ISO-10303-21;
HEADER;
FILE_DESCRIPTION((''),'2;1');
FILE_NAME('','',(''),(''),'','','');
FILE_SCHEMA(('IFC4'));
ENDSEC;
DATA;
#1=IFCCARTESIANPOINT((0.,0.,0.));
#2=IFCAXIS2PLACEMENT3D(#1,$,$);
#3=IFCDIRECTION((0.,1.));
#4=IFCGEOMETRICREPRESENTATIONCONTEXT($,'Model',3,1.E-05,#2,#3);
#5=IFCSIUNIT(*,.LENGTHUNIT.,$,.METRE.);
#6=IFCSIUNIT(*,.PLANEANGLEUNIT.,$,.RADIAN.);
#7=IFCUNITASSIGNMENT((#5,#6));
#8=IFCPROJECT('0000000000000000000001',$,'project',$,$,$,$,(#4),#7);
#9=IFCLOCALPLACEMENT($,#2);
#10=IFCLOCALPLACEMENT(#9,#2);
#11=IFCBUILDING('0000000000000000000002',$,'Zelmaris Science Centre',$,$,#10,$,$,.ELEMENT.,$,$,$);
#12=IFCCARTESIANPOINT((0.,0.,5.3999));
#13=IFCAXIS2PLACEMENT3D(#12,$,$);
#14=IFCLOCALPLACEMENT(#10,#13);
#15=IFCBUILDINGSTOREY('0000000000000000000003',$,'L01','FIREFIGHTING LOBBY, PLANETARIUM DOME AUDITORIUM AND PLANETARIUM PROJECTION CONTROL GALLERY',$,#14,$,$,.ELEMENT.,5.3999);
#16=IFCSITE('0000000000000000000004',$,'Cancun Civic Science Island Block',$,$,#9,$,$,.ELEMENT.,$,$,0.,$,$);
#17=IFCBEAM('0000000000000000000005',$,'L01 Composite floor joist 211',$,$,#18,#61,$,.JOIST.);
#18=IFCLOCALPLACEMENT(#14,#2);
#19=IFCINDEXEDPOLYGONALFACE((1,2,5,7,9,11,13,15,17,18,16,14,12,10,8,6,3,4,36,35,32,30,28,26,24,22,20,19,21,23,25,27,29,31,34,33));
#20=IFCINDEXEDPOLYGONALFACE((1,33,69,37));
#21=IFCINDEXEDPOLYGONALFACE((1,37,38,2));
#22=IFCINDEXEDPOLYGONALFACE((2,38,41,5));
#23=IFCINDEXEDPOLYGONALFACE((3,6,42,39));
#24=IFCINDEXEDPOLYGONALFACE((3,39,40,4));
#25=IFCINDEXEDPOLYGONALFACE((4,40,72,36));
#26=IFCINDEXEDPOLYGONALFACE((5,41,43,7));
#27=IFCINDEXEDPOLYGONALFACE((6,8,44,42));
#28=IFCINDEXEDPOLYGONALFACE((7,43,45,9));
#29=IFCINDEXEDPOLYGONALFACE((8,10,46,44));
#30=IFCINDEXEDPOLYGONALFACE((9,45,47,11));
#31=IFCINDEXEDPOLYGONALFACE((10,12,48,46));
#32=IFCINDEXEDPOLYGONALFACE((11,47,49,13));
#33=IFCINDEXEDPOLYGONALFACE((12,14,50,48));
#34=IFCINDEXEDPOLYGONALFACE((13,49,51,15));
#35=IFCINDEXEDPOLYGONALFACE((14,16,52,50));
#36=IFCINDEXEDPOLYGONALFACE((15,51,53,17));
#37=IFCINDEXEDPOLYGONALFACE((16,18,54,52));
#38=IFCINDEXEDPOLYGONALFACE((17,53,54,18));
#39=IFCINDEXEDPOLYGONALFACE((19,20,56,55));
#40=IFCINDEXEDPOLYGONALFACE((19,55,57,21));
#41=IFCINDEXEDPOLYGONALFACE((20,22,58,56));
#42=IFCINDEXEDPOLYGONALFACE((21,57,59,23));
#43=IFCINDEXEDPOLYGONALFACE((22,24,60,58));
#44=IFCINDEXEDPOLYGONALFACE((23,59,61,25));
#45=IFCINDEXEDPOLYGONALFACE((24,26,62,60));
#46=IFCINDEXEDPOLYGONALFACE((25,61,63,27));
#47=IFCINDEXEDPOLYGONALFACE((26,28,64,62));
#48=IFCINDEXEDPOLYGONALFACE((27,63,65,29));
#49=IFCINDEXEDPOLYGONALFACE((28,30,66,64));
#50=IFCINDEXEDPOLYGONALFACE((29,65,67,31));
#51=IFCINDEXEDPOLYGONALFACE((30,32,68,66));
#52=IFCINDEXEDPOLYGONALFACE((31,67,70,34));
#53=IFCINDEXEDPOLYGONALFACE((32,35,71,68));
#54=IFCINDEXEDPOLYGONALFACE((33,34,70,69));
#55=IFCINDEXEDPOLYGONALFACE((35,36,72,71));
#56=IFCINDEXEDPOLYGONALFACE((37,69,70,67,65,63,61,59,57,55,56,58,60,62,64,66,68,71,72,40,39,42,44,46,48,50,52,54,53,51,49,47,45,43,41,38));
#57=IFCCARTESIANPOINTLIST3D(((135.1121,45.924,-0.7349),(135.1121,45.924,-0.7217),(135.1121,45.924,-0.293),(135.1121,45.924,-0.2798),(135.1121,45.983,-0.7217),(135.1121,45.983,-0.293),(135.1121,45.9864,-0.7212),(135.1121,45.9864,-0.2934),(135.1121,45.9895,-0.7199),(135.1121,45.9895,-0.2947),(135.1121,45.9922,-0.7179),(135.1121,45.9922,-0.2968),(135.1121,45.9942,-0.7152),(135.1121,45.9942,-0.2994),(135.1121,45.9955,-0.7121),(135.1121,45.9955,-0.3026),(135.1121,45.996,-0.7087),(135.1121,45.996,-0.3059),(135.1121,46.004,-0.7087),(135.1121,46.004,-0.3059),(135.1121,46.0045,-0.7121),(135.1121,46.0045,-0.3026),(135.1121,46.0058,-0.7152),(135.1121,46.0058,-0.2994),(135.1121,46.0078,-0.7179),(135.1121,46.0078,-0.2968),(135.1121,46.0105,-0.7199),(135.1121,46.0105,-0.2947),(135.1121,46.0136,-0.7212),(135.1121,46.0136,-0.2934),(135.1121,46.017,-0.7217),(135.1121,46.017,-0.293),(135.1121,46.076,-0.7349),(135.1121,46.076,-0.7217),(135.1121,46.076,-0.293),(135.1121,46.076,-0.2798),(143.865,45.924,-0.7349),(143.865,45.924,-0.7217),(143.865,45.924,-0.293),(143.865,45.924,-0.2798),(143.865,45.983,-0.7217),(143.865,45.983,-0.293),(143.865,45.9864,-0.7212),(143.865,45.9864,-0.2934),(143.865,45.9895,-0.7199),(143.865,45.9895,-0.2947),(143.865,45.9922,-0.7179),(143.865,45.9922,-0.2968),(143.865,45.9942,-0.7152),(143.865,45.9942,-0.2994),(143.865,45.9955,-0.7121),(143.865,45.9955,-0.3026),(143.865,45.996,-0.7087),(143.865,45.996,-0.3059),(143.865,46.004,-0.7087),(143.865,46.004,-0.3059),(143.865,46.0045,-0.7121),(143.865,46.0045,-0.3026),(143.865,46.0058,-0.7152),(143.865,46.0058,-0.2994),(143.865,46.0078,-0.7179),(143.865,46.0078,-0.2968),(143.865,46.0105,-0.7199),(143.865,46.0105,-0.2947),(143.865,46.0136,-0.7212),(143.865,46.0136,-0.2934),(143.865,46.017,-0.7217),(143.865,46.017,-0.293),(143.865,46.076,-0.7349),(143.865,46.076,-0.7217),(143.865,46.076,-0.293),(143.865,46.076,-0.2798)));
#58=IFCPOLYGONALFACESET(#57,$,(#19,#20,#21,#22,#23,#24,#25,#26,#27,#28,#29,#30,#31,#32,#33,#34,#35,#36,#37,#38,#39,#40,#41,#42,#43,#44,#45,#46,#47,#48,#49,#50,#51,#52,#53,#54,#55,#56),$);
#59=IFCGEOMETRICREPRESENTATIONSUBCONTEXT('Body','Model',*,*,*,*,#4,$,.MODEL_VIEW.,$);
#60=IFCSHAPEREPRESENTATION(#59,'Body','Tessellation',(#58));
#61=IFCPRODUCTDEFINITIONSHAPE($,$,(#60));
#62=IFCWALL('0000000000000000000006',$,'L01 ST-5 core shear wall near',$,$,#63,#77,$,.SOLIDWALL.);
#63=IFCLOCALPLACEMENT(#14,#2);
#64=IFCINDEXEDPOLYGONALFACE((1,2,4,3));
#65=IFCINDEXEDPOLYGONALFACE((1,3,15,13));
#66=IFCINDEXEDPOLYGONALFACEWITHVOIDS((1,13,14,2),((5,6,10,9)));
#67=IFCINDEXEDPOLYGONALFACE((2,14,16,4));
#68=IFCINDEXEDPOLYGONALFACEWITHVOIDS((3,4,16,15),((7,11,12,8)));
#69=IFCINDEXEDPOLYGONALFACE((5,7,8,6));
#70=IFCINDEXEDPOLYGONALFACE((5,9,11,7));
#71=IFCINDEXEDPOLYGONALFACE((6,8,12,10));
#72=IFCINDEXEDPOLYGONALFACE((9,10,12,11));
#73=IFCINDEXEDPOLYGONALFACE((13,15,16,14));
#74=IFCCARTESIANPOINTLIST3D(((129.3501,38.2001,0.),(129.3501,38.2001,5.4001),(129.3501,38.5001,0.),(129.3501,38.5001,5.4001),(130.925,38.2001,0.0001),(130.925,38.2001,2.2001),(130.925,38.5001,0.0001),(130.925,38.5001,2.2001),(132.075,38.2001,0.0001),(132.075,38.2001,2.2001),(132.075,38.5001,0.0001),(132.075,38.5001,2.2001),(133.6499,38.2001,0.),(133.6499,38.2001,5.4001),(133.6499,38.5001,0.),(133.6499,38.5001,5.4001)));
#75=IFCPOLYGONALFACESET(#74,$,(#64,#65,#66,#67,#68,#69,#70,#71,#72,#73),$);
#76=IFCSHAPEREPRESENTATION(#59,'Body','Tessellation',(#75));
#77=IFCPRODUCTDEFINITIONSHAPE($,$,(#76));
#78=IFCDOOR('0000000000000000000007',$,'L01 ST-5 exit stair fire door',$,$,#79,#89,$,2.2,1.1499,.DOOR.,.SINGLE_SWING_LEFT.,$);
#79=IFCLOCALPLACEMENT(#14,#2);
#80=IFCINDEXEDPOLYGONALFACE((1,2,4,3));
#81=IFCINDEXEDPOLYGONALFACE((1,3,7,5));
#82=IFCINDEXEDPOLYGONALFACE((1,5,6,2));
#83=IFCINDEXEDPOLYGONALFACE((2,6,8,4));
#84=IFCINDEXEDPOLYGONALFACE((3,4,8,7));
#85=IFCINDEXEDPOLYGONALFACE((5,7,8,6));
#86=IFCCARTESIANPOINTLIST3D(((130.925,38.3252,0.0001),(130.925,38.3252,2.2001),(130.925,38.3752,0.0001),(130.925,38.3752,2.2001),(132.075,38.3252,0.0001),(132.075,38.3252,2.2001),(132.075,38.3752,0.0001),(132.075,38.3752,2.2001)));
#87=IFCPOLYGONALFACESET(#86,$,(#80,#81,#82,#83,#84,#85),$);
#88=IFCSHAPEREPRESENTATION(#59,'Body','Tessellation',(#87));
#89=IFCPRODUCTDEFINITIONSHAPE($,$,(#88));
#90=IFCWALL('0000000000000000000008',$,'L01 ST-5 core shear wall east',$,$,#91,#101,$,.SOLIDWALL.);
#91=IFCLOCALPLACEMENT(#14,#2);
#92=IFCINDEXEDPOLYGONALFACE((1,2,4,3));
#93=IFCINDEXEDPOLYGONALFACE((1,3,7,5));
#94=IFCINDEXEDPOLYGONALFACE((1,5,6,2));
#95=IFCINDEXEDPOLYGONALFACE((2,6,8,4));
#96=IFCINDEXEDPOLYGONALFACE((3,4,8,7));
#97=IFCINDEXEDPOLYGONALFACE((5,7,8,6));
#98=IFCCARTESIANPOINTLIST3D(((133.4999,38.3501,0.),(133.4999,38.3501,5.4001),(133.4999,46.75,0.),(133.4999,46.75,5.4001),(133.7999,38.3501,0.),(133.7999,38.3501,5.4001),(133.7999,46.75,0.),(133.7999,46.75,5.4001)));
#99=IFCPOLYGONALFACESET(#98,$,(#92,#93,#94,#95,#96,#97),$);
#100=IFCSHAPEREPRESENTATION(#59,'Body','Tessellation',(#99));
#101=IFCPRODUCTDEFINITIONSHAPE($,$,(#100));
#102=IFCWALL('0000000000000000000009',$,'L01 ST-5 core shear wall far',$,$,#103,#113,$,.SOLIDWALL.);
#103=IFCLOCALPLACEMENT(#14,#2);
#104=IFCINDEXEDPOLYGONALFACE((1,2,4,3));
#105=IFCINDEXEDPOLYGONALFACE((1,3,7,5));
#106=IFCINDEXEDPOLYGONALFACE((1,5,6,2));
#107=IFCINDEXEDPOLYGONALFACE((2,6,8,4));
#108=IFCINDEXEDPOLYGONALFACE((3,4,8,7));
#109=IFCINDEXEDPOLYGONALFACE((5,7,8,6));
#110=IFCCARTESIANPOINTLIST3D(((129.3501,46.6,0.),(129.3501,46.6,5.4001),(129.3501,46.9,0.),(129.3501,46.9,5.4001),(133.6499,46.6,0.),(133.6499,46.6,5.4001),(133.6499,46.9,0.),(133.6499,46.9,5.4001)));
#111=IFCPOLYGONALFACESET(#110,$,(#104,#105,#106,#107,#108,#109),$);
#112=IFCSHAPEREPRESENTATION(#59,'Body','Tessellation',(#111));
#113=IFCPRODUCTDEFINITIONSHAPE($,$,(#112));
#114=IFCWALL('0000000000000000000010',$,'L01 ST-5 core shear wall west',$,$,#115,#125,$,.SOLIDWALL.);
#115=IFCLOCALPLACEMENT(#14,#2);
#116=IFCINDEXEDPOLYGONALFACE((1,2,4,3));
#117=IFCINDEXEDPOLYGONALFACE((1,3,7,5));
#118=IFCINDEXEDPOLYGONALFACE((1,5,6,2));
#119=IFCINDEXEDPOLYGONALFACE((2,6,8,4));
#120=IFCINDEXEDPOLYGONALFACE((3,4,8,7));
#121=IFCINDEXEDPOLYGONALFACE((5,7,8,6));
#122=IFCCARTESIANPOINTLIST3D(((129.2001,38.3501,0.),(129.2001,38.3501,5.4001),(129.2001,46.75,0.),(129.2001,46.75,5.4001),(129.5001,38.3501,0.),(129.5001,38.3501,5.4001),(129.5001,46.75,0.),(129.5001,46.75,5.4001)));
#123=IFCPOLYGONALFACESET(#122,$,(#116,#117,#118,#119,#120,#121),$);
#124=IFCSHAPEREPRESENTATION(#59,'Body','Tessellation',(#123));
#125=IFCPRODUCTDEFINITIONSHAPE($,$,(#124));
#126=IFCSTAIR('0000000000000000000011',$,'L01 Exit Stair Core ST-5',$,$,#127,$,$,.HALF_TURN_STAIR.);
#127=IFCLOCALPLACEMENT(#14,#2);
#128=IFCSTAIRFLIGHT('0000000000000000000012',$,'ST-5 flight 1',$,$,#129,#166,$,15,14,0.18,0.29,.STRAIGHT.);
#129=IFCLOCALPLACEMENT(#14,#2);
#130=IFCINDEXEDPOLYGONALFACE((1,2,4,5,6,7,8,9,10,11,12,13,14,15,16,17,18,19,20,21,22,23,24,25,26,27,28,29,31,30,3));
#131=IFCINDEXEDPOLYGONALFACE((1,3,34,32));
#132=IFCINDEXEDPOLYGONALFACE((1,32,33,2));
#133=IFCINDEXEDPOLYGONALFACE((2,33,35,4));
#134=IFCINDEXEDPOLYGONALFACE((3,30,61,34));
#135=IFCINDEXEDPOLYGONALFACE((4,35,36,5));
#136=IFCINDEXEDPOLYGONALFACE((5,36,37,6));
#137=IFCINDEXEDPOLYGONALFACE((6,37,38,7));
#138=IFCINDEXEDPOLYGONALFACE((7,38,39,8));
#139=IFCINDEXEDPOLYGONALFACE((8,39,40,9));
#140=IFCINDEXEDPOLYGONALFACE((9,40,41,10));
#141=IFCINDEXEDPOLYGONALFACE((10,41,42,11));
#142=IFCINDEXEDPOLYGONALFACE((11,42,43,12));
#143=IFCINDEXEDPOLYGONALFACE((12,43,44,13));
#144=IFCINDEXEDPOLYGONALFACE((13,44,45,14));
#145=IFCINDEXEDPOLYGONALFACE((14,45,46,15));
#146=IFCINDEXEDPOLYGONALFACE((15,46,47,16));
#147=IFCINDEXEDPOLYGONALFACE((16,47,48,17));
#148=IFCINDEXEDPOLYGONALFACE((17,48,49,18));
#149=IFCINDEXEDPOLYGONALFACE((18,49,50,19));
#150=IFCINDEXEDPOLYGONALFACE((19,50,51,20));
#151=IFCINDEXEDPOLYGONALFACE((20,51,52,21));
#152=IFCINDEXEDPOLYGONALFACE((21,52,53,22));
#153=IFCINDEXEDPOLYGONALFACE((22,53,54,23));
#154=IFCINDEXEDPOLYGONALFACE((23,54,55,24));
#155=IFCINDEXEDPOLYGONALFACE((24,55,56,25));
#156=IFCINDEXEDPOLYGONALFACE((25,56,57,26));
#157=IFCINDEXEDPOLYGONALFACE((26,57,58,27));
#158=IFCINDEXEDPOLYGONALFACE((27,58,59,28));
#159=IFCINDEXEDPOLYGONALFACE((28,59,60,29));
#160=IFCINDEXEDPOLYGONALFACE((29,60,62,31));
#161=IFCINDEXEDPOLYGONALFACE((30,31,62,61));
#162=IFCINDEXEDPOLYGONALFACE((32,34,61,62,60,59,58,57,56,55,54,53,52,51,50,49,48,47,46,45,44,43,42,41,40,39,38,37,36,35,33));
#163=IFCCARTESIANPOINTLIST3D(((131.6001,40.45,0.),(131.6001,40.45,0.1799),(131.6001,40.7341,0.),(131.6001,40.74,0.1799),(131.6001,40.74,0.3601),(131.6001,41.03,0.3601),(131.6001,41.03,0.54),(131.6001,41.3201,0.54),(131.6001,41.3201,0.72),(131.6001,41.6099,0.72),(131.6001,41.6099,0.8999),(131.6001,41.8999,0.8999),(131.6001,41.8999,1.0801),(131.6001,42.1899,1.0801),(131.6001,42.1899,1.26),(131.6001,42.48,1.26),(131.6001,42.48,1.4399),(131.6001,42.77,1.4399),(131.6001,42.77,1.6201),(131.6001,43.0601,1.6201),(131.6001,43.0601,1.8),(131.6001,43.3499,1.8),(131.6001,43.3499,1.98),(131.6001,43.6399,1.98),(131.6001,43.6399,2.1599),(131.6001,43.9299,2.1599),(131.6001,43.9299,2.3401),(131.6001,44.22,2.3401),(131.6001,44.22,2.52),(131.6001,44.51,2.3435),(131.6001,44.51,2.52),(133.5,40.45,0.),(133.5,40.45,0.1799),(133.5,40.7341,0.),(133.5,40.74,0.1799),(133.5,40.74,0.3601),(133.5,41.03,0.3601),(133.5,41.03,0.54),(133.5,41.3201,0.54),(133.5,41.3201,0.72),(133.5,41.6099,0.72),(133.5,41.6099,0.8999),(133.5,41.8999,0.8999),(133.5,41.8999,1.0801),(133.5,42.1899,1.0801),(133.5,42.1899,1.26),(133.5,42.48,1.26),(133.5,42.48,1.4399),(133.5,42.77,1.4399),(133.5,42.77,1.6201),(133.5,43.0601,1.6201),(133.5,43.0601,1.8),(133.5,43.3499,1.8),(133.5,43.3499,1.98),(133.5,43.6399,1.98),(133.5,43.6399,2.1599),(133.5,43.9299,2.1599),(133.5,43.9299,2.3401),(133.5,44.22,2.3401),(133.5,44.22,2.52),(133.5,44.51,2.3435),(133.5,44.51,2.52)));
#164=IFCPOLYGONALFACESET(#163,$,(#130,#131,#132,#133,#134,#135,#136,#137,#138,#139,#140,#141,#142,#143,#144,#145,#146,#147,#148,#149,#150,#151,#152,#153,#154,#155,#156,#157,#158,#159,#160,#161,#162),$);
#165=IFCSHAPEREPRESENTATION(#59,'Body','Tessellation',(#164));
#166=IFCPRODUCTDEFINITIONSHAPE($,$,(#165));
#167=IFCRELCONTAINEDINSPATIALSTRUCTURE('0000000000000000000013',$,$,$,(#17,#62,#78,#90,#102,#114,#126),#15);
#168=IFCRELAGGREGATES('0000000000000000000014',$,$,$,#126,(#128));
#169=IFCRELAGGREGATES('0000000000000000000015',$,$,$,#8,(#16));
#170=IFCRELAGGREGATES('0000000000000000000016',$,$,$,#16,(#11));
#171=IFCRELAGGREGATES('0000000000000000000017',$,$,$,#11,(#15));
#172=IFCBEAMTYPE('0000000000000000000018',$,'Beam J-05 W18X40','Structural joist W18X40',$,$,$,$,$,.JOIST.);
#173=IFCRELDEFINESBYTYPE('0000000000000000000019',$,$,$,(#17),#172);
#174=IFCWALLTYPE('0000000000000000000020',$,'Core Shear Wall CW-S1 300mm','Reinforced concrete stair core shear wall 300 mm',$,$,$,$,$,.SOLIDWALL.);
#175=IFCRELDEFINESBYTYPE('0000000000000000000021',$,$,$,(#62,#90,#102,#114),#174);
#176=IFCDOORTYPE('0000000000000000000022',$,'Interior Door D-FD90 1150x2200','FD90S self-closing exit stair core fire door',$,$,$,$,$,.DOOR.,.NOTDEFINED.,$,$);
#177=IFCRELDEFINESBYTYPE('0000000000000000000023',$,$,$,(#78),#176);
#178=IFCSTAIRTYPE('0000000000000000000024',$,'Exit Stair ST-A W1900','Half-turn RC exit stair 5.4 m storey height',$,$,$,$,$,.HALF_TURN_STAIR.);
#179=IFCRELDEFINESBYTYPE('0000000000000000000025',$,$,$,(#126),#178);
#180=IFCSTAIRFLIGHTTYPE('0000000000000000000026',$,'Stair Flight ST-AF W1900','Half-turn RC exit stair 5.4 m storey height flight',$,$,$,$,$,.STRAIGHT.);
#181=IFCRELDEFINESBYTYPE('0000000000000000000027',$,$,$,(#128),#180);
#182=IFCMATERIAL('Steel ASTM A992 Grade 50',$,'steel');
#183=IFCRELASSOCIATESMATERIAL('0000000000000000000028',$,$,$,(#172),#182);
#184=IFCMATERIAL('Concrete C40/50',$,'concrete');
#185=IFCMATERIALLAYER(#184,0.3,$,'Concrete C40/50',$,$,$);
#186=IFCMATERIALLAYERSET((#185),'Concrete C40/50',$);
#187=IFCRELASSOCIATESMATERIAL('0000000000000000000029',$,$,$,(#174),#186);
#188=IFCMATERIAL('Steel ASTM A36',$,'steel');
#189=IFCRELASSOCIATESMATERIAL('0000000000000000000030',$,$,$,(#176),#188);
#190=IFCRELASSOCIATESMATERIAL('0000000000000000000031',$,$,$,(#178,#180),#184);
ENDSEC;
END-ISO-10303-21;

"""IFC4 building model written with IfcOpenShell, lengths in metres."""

from ifc_helpers import new_model, si_unit, direction, frame, frame_2d, origin, origin_2d, place, context, subcontext, project, spatial, polyline, rectangle, i_section, outline, extrude, material, layer, layer_set, material_profile, profile_set, type_object, element, fill, aggregate, save


model = new_model("IFC4")

# Units and contexts
model_context = context("Model", 3, precision=1e-05, world=origin(), true_north=direction((0.0, 1.0)))
body_context = subcontext(model_context, "Body", "Model", "MODEL_VIEW")
ifc_project = project(units=[si_unit("LENGTHUNIT", "METRE"), si_unit("PLANEANGLEUNIT", "RADIAN")], contexts=[model_context])

# Site, building, storey
site_placement = place(None, origin())
site = spatial("IfcSite", under=ifc_project, at=site_placement, Name="Cancun Civic Science Island Block", CompositionType="ELEMENT", RefElevation=0.0)
building_placement = place(site_placement, origin())
building = spatial("IfcBuilding", under=site, at=building_placement, Name="Zelmaris Science Centre", CompositionType="ELEMENT")
storey_placement = place(building_placement, frame((0.0, 0.0, 5.3999)))
storey = spatial("IfcBuildingStorey", under=building, at=storey_placement, Name="L01", Description="FIREFIGHTING LOBBY, PLANETARIUM DOME AUDITORIUM AND PLANETARIUM PROJECTION CONTROL GALLERY", CompositionType="ELEMENT", Elevation=5.3999)

# Shared definitions
ifc_material_1 = material(Name="Steel ASTM A992 Grade 50", Category="steel")

# Beam
ifc_material_profile_1 = material_profile(ifc_material_1, i_section(OverallWidth=0.1521, OverallDepth=0.4551, WebThickness=0.0081, FlangeThickness=0.0132, FilletRadius=0.0129, at=origin_2d()), Name="W18X40")
ifc_profile_set_1 = profile_set([ifc_material_profile_1], Name="Steel ASTM A992 Grade 50")
beam_type_1 = type_object("IfcBeamType", Name="Beam J-05 W18X40", Description="Structural joist W18X40", PredefinedType="JOIST", material=ifc_profile_set_1)
beam_1_placement = place(storey_placement, frame((135.1121, 46.0, -0.5073), z_axis=(1.0, 0.0, 0.0), x_axis=(0.0, 1.0, 0.0)))
element("IfcBeam", 1, at=beam_1_placement, inside=storey, type_object=beam_type_1, Name="L01 Composite floor joist 211", PredefinedType="JOIST", context=body_context, shape_type="SweptSolid", body=[
    extrude(i_section(OverallWidth=0.1521, OverallDepth=0.4551, WebThickness=0.0081, FlangeThickness=0.0132, FilletRadius=0.0129, at=origin_2d()), origin(), (0.0, 0.0, 1.0), 8.7529),
])

# Wall, opening, door
ifc_material_2 = material(Name="Concrete C40/50", Category="concrete")
ifc_layer = layer(ifc_material_2, 0.3, Name="Concrete C40/50")
ifc_layer_set = layer_set([ifc_layer], Name="Concrete C40/50")
wall_type = type_object("IfcWallType", Name="Core Shear Wall CW-S1 300mm", Description="Reinforced concrete stair core shear wall 300 mm", PredefinedType="SOLIDWALL", material=ifc_layer_set)
wall_1_placement = place(storey_placement, frame((133.6499, 38.3501, 0.0), z_axis=(0.0, 0.0, 1.0), x_axis=(-1.0, 0.0, 0.0)))
wall_1 = element("IfcWall", 2, at=wall_1_placement, inside=storey, type_object=wall_type, Name="L01 ST-5 core shear wall near", PredefinedType="SOLIDWALL", context=body_context, shape_type="SweptSolid", body=[
    extrude(rectangle(XDim=4.2998, YDim=0.3, at=frame_2d((2.1499, 0.0))), origin(), (0.0, 0.0, 1.0), 5.4001),
])
opening_placement = place(wall_1_placement, frame((1.575, 0.0, 0.0)))
opening = element("IfcOpeningElement", 3, at=opening_placement, cuts=wall_1, PredefinedType="OPENING", context=body_context, shape_type="SweptSolid", body=[
    extrude(rectangle(XDim=1.1499, YDim=2.2, at=frame_2d((0.575, 1.1001))), frame((0.0, 0.1599, 0.0), z_axis=(0.0, -1.0, 0.0), x_axis=(1.0, 0.0, 0.0)), (0.0, 0.0, 1.0), 0.3201),
])
ifc_material_3 = material(Name="Steel ASTM A36", Category="steel")
door_type = type_object("IfcDoorType", Name="Interior Door D-FD90 1150x2200", Description="FD90S self-closing exit stair core fire door", OperationType="NOTDEFINED", PredefinedType="DOOR", material=ifc_material_3)
door_placement = place(opening_placement, origin())
door = element("IfcDoor", 4, at=door_placement, inside=storey, type_object=door_type, Name="L01 ST-5 exit stair fire door", OperationType="SINGLE_SWING_LEFT", OverallHeight=2.2, OverallWidth=1.1499, PredefinedType="DOOR", context=body_context, shape_type="SweptSolid", body=[
    extrude(rectangle(XDim=1.1499, YDim=2.2, at=frame_2d((0.575, 1.1001))), frame((0.0, 0.0249, 0.0), z_axis=(0.0, -1.0, 0.0), x_axis=(1.0, 0.0, 0.0)), (0.0, 0.0, 1.0), 0.05),
])
fill(opening, door)

# Walls
wall_2_placement = place(storey_placement, frame((133.6499, 38.3501, 0.0), z_axis=(0.0, 0.0, 1.0), x_axis=(0.0, 1.0, 0.0)))
element("IfcWall", 5, at=wall_2_placement, inside=storey, type_object=wall_type, Name="L01 ST-5 core shear wall east", PredefinedType="SOLIDWALL", context=body_context, shape_type="SweptSolid", body=[
    extrude(rectangle(XDim=8.3999, YDim=0.3, at=frame_2d((4.2, 0.0))), origin(), (0.0, 0.0, 1.0), 5.4001),
])
wall_3_placement = place(storey_placement, frame((133.6499, 46.75, 0.0), z_axis=(0.0, 0.0, 1.0), x_axis=(-1.0, 0.0, 0.0)))
element("IfcWall", 6, at=wall_3_placement, inside=storey, type_object=wall_type, Name="L01 ST-5 core shear wall far", PredefinedType="SOLIDWALL", context=body_context, shape_type="SweptSolid", body=[
    extrude(rectangle(XDim=4.2998, YDim=0.3, at=frame_2d((2.1499, 0.0))), origin(), (0.0, 0.0, 1.0), 5.4001),
])
wall_4_placement = place(storey_placement, frame((129.3501, 38.3501, 0.0), z_axis=(0.0, 0.0, 1.0), x_axis=(0.0, 1.0, 0.0)))
element("IfcWall", 7, at=wall_4_placement, inside=storey, type_object=wall_type, Name="L01 ST-5 core shear wall west", PredefinedType="SOLIDWALL", context=body_context, shape_type="SweptSolid", body=[
    extrude(rectangle(XDim=8.3999, YDim=0.3, at=frame_2d((4.2, 0.0))), origin(), (0.0, 0.0, 1.0), 5.4001),
])

# Stair, stair flight
stair_type = type_object("IfcStairType", Name="Exit Stair ST-A W1900", Description="Half-turn RC exit stair 5.4 m storey height", PredefinedType="HALF_TURN_STAIR", material=ifc_material_2)
stair_placement = place(storey_placement, origin())
stair = element("IfcStair", 8, at=stair_placement, inside=storey, type_object=stair_type, Name="L01 Exit Stair Core ST-5", PredefinedType="HALF_TURN_STAIR")
stair_flight_type = type_object("IfcStairFlightType", Name="Stair Flight ST-AF W1900", Description="Half-turn RC exit stair 5.4 m storey height flight", PredefinedType="STRAIGHT", material=ifc_material_2)
stair_flight_1_placement = place(storey_placement, frame((132.55, 40.45, 0.0), z_axis=(0.0, 0.0, 1.0), x_axis=(0.0, 1.0, 0.0)))
stair_flight_1 = element("IfcStairFlight", 9, at=stair_flight_1_placement, type_object=stair_flight_type, Name="ST-5 flight 1", NumberOfRisers=15, NumberOfTreads=14, PredefinedType="STRAIGHT", RiserHeight=0.18, TreadLength=0.29, context=body_context, shape_type="SweptSolid", body=[
    extrude(outline(polyline([(0.0, 0.0), (0.0, 0.1799), (0.29, 0.1799), (0.29, 0.3601), (0.5801, 0.3601), (0.5801, 0.54), (0.8701, 0.54), (0.8701, 0.72), (1.1599, 0.72), (1.1599, 0.8999), (1.45, 0.8999), (1.45, 1.0801), (1.74, 1.0801), (1.74, 1.26), (2.03, 1.26), (2.03, 1.4399), (2.3201, 1.4399), (2.3201, 1.6201), (2.6101, 1.6201), (2.6101, 1.8), (2.8999, 1.8), (2.8999, 1.98), (3.1899, 1.98), (3.1899, 2.1599), (3.48, 2.1599), (3.48, 2.3401), (3.77, 2.3401), (3.77, 2.52), (4.0601, 2.52), (4.0601, 2.7), (4.0601, 2.3435), (0.2842, 0.0), (0.0, 0.0)])), frame((0.0, 0.95, 0.0), z_axis=(0.0, -1.0, 0.0), x_axis=(1.0, 0.0, 0.0)), (0.0, 0.0, 1.0), 1.8999),
])
aggregate(stair, [stair_flight_1])

save(model, "model.ifc")
